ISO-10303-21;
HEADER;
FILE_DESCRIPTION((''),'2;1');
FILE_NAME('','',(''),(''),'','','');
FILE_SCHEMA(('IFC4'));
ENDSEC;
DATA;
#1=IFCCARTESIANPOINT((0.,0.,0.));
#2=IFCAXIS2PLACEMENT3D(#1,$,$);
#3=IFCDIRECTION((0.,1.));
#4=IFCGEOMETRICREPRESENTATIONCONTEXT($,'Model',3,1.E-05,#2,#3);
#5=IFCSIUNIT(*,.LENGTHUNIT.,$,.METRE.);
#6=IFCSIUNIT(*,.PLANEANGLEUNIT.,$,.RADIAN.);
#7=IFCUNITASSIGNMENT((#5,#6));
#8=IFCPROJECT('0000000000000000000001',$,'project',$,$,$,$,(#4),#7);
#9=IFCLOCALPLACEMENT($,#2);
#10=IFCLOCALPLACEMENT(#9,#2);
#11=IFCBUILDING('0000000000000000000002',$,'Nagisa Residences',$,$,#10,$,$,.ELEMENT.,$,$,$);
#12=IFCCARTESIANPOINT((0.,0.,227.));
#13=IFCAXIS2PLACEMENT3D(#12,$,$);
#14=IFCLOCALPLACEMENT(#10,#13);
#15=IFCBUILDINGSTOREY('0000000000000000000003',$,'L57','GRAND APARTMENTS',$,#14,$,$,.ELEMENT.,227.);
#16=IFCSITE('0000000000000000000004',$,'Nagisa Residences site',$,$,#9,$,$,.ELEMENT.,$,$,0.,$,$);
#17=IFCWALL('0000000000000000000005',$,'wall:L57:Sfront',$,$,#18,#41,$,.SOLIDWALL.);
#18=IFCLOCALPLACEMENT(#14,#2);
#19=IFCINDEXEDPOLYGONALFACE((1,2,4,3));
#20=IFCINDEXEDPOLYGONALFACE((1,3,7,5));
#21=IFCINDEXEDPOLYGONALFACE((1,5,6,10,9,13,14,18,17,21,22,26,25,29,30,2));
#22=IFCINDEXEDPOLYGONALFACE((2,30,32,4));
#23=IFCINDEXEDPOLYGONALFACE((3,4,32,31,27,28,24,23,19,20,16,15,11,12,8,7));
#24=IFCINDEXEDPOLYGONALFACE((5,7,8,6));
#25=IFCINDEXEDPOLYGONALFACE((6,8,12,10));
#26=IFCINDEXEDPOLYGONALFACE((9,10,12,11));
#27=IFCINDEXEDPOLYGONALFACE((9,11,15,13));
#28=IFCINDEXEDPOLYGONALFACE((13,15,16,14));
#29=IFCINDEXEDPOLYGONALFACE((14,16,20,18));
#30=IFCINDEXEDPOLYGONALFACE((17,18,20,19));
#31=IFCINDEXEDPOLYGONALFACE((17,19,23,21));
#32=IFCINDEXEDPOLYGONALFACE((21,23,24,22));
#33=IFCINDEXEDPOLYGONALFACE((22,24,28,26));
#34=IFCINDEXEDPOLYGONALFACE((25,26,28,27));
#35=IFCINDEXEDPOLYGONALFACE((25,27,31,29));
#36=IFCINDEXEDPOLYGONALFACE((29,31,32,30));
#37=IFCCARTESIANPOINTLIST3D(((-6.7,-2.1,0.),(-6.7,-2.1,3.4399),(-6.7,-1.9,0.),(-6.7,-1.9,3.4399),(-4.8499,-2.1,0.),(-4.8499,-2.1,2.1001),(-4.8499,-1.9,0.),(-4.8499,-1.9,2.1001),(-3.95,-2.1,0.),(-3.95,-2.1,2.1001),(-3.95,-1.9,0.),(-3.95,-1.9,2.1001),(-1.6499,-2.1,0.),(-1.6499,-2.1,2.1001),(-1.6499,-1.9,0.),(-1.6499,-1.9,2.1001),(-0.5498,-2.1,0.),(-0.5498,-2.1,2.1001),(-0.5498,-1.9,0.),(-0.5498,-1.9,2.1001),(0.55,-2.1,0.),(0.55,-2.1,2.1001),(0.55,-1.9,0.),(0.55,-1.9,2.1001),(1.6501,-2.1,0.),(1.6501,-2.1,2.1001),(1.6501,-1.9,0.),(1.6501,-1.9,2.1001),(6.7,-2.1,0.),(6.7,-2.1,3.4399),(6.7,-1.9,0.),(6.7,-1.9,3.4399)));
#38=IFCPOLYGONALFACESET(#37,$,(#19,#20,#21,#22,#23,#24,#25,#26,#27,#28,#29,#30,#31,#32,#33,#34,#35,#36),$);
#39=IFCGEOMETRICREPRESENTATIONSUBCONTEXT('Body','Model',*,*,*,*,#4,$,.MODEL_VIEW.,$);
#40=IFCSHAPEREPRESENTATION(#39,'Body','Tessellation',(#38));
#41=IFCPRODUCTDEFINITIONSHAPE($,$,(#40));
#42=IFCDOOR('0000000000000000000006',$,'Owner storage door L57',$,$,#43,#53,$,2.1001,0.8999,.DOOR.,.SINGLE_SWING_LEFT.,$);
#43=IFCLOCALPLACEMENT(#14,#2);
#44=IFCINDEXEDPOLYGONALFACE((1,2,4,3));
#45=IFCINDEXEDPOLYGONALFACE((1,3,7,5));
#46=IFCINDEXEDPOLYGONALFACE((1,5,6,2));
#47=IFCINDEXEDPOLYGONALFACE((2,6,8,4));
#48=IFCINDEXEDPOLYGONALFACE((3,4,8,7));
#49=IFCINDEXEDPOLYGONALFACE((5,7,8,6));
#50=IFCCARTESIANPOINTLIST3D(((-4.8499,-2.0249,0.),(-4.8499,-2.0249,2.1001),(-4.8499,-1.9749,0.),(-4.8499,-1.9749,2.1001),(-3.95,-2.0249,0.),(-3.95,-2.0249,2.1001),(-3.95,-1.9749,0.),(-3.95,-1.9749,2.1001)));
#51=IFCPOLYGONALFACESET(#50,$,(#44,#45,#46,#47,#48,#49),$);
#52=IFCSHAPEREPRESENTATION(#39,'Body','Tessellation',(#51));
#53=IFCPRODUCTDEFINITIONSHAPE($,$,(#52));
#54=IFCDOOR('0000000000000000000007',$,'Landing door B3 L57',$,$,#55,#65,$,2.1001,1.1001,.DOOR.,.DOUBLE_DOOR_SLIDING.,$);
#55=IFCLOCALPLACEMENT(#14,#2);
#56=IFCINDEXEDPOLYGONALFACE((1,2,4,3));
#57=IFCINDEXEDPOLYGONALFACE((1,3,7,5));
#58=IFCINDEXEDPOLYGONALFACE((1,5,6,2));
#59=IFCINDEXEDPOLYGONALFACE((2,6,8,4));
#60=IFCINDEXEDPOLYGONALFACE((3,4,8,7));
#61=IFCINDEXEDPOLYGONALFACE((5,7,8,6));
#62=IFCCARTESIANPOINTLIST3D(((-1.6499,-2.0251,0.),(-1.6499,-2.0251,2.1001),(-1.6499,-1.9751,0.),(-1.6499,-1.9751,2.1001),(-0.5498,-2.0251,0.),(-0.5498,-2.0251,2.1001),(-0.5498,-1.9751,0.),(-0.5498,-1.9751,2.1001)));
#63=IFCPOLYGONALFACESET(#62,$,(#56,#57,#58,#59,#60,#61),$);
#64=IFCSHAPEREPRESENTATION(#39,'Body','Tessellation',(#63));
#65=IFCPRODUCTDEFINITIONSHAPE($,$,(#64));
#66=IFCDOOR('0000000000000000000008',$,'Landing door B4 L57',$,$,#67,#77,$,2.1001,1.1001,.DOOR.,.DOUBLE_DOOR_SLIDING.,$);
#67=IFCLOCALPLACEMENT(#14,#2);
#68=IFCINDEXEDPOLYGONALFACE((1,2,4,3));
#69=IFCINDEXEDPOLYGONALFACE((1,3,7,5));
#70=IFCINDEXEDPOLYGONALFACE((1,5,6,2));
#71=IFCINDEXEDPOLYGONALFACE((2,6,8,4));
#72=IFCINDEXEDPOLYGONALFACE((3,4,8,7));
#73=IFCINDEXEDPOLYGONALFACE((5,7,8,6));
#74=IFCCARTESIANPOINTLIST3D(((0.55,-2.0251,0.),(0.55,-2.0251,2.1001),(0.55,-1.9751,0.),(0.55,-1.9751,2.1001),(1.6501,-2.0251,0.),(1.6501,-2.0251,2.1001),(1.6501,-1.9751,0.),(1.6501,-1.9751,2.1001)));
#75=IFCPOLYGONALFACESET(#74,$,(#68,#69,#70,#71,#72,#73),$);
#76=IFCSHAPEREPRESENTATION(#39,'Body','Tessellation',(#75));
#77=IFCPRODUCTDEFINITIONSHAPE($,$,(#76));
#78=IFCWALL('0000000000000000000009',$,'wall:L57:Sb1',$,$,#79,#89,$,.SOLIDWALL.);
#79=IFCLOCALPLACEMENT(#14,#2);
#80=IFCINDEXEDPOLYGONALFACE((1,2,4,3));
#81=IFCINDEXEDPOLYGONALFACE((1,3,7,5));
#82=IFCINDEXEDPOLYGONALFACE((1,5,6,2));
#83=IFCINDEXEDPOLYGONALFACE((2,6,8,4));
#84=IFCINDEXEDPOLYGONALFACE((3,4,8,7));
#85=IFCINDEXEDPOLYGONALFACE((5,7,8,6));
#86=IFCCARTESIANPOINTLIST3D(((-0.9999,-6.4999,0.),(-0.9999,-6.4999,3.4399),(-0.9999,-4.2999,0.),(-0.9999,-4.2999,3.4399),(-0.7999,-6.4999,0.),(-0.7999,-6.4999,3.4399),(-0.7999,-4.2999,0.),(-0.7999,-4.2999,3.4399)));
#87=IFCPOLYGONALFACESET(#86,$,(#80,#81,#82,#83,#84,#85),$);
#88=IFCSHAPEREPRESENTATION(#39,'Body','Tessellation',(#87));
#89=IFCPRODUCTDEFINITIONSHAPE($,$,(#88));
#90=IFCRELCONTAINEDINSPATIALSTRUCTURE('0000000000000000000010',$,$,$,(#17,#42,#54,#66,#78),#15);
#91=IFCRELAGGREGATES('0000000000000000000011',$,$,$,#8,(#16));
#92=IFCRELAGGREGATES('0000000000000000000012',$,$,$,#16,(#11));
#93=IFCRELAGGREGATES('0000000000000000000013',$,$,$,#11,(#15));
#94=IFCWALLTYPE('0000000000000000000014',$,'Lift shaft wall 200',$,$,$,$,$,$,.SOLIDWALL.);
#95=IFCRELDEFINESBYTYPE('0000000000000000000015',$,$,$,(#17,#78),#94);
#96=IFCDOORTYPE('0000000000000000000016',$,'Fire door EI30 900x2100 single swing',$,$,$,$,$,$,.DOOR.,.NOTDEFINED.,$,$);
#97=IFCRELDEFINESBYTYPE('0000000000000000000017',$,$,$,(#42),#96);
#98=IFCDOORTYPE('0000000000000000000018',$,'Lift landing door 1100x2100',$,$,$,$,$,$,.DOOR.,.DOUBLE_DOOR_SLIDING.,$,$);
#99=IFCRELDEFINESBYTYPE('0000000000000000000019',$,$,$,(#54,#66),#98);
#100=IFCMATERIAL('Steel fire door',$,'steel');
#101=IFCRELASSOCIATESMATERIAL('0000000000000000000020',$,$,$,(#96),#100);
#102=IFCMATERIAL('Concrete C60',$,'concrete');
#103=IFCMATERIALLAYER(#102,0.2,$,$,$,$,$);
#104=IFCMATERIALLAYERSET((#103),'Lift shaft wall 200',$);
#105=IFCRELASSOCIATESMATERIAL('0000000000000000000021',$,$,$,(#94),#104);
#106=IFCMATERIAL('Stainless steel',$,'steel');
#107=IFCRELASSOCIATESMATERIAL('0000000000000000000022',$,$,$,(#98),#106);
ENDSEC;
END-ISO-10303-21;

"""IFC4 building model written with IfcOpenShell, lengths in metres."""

from ifc_helpers import new_model, si_unit, direction, frame, frame_2d, origin, place, context, subcontext, project, spatial, rectangle, extrude, material, layer, layer_set, type_object, element, fill, save


model = new_model("IFC4")

# Units and contexts
model_context = context("Model", 3, precision=1e-05, world=origin(), true_north=direction((0.0, 1.0)))
body_context = subcontext(model_context, "Body", "Model", "MODEL_VIEW")
ifc_project = project(units=[si_unit("LENGTHUNIT", "METRE"), si_unit("PLANEANGLEUNIT", "RADIAN")], contexts=[model_context])

# Site, building, storey
site_placement = place(None, origin())
site = spatial("IfcSite", under=ifc_project, at=site_placement, Name="Nagisa Residences site", CompositionType="ELEMENT", RefElevation=0.0)
building_placement = place(site_placement, origin())
building = spatial("IfcBuilding", under=site, at=building_placement, Name="Nagisa Residences", CompositionType="ELEMENT")
storey_placement = place(building_placement, frame((0.0, 0.0, 227.0)))
storey = spatial("IfcBuildingStorey", under=building, at=storey_placement, Name="L57", Description="GRAND APARTMENTS", CompositionType="ELEMENT", Elevation=227.0)

# Shared definitions
ifc_material_1 = material(Name="Steel fire door", Category="steel")
door_type_1 = type_object("IfcDoorType", Name="Fire door EI30 900x2100 single swing", OperationType="NOTDEFINED", PredefinedType="DOOR", material=ifc_material_1)

# Shared definitions
ifc_material_2 = material(Name="Concrete C60", Category="concrete")
ifc_layer_1 = layer(ifc_material_2, 0.2)
ifc_layer_set_1 = layer_set([ifc_layer_1], Name="Lift shaft wall 200")
wall_type_1 = type_object("IfcWallType", Name="Lift shaft wall 200", PredefinedType="SOLIDWALL", material=ifc_layer_set_1)

# Wall, openings, doors
wall_1_placement = place(storey_placement, frame((-6.7, -2.0, 0.0), z_axis=(0.0, 0.0, 1.0), x_axis=(1.0, 0.0, 0.0)))
wall_1 = element("IfcWall", 1, at=wall_1_placement, inside=storey, type_object=wall_type_1, Name="wall:L57:Sfront", PredefinedType="SOLIDWALL", context=body_context, shape_type="SweptSolid", body=[
    extrude(rectangle(XDim=13.3999, YDim=0.2, at=frame_2d((6.7, 0.0))), origin(), (0.0, 0.0, 1.0), 3.4399),
])
opening_1_placement = place(wall_1_placement, frame((5.05, 0.0, 0.0)))
opening_1 = element("IfcOpeningElement", 2, at=opening_1_placement, cuts=wall_1, PredefinedType="OPENING", context=body_context, shape_type="SweptSolid", body=[
    extrude(rectangle(XDim=1.1001, YDim=2.1001, at=frame_2d((0.55, 1.05))), frame((0.0, 0.1099, 0.0), z_axis=(0.0, -1.0, 0.0), x_axis=(1.0, 0.0, 0.0)), (0.0, 0.0, 1.0), 0.22),
])
opening_2_placement = place(wall_1_placement, frame((7.25, 0.0, 0.0)))
opening_2 = element("IfcOpeningElement", 3, at=opening_2_placement, cuts=wall_1, PredefinedType="OPENING", context=body_context, shape_type="SweptSolid", body=[
    extrude(rectangle(XDim=1.1001, YDim=2.1001, at=frame_2d((0.55, 1.05))), frame((0.0, 0.1099, 0.0), z_axis=(0.0, -1.0, 0.0), x_axis=(1.0, 0.0, 0.0)), (0.0, 0.0, 1.0), 0.22),
])
opening_3_placement = place(wall_1_placement, frame((1.8501, 0.0, 0.0)))
opening_3 = element("IfcOpeningElement", 4, at=opening_3_placement, cuts=wall_1, PredefinedType="OPENING", context=body_context, shape_type="SweptSolid", body=[
    extrude(rectangle(XDim=0.8999, YDim=2.1001, at=frame_2d((0.45, 1.05))), frame((0.0, 0.1099, 0.0), z_axis=(0.0, -1.0, 0.0), x_axis=(1.0, 0.0, 0.0)), (0.0, 0.0, 1.0), 0.22),
])
door_1_placement = place(opening_3_placement, frame((0.8999, 0.0, 0.0), x_axis=(-1.0, 0.0, 0.0)))
door_1 = element("IfcDoor", 5, at=door_1_placement, inside=storey, type_object=door_type_1, Name="Owner storage door L57", OperationType="SINGLE_SWING_LEFT", OverallHeight=2.1001, OverallWidth=0.8999, PredefinedType="DOOR", context=body_context, shape_type="SweptSolid", body=[
    extrude(rectangle(XDim=0.8999, YDim=2.1001, at=frame_2d((0.45, 1.05))), frame((0.0, 0.0249, 0.0), z_axis=(0.0, -1.0, 0.0), x_axis=(1.0, 0.0, 0.0)), (0.0, 0.0, 1.0), 0.05),
])
fill(opening_3, door_1)
ifc_material_3 = material(Name="Stainless steel", Category="steel")
door_type_2 = type_object("IfcDoorType", Name="Lift landing door 1100x2100", OperationType="DOUBLE_DOOR_SLIDING", PredefinedType="DOOR", material=ifc_material_3)
door_2_placement = place(opening_1_placement, origin())
door_2 = element("IfcDoor", 6, at=door_2_placement, inside=storey, type_object=door_type_2, Name="Landing door B3 L57", OperationType="DOUBLE_DOOR_SLIDING", OverallHeight=2.1001, OverallWidth=1.1001, PredefinedType="DOOR", context=body_context, shape_type="SweptSolid", body=[
    extrude(rectangle(XDim=1.1001, YDim=2.1001, at=frame_2d((0.55, 1.05))), frame((0.0, 0.0249, 0.0), z_axis=(0.0, -1.0, 0.0), x_axis=(1.0, 0.0, 0.0)), (0.0, 0.0, 1.0), 0.05),
])
fill(opening_1, door_2)
door_3_placement = place(opening_2_placement, origin())
door_3 = element("IfcDoor", 7, at=door_3_placement, inside=storey, type_object=door_type_2, Name="Landing door B4 L57", OperationType="DOUBLE_DOOR_SLIDING", OverallHeight=2.1001, OverallWidth=1.1001, PredefinedType="DOOR", context=body_context, shape_type="SweptSolid", body=[
    extrude(rectangle(XDim=1.1001, YDim=2.1001, at=frame_2d((0.55, 1.05))), frame((0.0, 0.0249, 0.0), z_axis=(0.0, -1.0, 0.0), x_axis=(1.0, 0.0, 0.0)), (0.0, 0.0, 1.0), 0.05),
])
fill(opening_2, door_3)

# Wall
wall_2_placement = place(storey_placement, frame((-0.8999, -6.5, 0.0), z_axis=(0.0, 0.0, 1.0), x_axis=(0.0, 1.0, 0.0)))
element("IfcWall", 8, at=wall_2_placement, inside=storey, type_object=wall_type_1, Name="wall:L57:Sb1", PredefinedType="SOLIDWALL", context=body_context, shape_type="SweptSolid", body=[
    extrude(rectangle(XDim=2.2, YDim=0.2, at=frame_2d((1.1001, 0.0))), origin(), (0.0, 0.0, 1.0), 3.4399),
])

save(model, "model.ifc")
